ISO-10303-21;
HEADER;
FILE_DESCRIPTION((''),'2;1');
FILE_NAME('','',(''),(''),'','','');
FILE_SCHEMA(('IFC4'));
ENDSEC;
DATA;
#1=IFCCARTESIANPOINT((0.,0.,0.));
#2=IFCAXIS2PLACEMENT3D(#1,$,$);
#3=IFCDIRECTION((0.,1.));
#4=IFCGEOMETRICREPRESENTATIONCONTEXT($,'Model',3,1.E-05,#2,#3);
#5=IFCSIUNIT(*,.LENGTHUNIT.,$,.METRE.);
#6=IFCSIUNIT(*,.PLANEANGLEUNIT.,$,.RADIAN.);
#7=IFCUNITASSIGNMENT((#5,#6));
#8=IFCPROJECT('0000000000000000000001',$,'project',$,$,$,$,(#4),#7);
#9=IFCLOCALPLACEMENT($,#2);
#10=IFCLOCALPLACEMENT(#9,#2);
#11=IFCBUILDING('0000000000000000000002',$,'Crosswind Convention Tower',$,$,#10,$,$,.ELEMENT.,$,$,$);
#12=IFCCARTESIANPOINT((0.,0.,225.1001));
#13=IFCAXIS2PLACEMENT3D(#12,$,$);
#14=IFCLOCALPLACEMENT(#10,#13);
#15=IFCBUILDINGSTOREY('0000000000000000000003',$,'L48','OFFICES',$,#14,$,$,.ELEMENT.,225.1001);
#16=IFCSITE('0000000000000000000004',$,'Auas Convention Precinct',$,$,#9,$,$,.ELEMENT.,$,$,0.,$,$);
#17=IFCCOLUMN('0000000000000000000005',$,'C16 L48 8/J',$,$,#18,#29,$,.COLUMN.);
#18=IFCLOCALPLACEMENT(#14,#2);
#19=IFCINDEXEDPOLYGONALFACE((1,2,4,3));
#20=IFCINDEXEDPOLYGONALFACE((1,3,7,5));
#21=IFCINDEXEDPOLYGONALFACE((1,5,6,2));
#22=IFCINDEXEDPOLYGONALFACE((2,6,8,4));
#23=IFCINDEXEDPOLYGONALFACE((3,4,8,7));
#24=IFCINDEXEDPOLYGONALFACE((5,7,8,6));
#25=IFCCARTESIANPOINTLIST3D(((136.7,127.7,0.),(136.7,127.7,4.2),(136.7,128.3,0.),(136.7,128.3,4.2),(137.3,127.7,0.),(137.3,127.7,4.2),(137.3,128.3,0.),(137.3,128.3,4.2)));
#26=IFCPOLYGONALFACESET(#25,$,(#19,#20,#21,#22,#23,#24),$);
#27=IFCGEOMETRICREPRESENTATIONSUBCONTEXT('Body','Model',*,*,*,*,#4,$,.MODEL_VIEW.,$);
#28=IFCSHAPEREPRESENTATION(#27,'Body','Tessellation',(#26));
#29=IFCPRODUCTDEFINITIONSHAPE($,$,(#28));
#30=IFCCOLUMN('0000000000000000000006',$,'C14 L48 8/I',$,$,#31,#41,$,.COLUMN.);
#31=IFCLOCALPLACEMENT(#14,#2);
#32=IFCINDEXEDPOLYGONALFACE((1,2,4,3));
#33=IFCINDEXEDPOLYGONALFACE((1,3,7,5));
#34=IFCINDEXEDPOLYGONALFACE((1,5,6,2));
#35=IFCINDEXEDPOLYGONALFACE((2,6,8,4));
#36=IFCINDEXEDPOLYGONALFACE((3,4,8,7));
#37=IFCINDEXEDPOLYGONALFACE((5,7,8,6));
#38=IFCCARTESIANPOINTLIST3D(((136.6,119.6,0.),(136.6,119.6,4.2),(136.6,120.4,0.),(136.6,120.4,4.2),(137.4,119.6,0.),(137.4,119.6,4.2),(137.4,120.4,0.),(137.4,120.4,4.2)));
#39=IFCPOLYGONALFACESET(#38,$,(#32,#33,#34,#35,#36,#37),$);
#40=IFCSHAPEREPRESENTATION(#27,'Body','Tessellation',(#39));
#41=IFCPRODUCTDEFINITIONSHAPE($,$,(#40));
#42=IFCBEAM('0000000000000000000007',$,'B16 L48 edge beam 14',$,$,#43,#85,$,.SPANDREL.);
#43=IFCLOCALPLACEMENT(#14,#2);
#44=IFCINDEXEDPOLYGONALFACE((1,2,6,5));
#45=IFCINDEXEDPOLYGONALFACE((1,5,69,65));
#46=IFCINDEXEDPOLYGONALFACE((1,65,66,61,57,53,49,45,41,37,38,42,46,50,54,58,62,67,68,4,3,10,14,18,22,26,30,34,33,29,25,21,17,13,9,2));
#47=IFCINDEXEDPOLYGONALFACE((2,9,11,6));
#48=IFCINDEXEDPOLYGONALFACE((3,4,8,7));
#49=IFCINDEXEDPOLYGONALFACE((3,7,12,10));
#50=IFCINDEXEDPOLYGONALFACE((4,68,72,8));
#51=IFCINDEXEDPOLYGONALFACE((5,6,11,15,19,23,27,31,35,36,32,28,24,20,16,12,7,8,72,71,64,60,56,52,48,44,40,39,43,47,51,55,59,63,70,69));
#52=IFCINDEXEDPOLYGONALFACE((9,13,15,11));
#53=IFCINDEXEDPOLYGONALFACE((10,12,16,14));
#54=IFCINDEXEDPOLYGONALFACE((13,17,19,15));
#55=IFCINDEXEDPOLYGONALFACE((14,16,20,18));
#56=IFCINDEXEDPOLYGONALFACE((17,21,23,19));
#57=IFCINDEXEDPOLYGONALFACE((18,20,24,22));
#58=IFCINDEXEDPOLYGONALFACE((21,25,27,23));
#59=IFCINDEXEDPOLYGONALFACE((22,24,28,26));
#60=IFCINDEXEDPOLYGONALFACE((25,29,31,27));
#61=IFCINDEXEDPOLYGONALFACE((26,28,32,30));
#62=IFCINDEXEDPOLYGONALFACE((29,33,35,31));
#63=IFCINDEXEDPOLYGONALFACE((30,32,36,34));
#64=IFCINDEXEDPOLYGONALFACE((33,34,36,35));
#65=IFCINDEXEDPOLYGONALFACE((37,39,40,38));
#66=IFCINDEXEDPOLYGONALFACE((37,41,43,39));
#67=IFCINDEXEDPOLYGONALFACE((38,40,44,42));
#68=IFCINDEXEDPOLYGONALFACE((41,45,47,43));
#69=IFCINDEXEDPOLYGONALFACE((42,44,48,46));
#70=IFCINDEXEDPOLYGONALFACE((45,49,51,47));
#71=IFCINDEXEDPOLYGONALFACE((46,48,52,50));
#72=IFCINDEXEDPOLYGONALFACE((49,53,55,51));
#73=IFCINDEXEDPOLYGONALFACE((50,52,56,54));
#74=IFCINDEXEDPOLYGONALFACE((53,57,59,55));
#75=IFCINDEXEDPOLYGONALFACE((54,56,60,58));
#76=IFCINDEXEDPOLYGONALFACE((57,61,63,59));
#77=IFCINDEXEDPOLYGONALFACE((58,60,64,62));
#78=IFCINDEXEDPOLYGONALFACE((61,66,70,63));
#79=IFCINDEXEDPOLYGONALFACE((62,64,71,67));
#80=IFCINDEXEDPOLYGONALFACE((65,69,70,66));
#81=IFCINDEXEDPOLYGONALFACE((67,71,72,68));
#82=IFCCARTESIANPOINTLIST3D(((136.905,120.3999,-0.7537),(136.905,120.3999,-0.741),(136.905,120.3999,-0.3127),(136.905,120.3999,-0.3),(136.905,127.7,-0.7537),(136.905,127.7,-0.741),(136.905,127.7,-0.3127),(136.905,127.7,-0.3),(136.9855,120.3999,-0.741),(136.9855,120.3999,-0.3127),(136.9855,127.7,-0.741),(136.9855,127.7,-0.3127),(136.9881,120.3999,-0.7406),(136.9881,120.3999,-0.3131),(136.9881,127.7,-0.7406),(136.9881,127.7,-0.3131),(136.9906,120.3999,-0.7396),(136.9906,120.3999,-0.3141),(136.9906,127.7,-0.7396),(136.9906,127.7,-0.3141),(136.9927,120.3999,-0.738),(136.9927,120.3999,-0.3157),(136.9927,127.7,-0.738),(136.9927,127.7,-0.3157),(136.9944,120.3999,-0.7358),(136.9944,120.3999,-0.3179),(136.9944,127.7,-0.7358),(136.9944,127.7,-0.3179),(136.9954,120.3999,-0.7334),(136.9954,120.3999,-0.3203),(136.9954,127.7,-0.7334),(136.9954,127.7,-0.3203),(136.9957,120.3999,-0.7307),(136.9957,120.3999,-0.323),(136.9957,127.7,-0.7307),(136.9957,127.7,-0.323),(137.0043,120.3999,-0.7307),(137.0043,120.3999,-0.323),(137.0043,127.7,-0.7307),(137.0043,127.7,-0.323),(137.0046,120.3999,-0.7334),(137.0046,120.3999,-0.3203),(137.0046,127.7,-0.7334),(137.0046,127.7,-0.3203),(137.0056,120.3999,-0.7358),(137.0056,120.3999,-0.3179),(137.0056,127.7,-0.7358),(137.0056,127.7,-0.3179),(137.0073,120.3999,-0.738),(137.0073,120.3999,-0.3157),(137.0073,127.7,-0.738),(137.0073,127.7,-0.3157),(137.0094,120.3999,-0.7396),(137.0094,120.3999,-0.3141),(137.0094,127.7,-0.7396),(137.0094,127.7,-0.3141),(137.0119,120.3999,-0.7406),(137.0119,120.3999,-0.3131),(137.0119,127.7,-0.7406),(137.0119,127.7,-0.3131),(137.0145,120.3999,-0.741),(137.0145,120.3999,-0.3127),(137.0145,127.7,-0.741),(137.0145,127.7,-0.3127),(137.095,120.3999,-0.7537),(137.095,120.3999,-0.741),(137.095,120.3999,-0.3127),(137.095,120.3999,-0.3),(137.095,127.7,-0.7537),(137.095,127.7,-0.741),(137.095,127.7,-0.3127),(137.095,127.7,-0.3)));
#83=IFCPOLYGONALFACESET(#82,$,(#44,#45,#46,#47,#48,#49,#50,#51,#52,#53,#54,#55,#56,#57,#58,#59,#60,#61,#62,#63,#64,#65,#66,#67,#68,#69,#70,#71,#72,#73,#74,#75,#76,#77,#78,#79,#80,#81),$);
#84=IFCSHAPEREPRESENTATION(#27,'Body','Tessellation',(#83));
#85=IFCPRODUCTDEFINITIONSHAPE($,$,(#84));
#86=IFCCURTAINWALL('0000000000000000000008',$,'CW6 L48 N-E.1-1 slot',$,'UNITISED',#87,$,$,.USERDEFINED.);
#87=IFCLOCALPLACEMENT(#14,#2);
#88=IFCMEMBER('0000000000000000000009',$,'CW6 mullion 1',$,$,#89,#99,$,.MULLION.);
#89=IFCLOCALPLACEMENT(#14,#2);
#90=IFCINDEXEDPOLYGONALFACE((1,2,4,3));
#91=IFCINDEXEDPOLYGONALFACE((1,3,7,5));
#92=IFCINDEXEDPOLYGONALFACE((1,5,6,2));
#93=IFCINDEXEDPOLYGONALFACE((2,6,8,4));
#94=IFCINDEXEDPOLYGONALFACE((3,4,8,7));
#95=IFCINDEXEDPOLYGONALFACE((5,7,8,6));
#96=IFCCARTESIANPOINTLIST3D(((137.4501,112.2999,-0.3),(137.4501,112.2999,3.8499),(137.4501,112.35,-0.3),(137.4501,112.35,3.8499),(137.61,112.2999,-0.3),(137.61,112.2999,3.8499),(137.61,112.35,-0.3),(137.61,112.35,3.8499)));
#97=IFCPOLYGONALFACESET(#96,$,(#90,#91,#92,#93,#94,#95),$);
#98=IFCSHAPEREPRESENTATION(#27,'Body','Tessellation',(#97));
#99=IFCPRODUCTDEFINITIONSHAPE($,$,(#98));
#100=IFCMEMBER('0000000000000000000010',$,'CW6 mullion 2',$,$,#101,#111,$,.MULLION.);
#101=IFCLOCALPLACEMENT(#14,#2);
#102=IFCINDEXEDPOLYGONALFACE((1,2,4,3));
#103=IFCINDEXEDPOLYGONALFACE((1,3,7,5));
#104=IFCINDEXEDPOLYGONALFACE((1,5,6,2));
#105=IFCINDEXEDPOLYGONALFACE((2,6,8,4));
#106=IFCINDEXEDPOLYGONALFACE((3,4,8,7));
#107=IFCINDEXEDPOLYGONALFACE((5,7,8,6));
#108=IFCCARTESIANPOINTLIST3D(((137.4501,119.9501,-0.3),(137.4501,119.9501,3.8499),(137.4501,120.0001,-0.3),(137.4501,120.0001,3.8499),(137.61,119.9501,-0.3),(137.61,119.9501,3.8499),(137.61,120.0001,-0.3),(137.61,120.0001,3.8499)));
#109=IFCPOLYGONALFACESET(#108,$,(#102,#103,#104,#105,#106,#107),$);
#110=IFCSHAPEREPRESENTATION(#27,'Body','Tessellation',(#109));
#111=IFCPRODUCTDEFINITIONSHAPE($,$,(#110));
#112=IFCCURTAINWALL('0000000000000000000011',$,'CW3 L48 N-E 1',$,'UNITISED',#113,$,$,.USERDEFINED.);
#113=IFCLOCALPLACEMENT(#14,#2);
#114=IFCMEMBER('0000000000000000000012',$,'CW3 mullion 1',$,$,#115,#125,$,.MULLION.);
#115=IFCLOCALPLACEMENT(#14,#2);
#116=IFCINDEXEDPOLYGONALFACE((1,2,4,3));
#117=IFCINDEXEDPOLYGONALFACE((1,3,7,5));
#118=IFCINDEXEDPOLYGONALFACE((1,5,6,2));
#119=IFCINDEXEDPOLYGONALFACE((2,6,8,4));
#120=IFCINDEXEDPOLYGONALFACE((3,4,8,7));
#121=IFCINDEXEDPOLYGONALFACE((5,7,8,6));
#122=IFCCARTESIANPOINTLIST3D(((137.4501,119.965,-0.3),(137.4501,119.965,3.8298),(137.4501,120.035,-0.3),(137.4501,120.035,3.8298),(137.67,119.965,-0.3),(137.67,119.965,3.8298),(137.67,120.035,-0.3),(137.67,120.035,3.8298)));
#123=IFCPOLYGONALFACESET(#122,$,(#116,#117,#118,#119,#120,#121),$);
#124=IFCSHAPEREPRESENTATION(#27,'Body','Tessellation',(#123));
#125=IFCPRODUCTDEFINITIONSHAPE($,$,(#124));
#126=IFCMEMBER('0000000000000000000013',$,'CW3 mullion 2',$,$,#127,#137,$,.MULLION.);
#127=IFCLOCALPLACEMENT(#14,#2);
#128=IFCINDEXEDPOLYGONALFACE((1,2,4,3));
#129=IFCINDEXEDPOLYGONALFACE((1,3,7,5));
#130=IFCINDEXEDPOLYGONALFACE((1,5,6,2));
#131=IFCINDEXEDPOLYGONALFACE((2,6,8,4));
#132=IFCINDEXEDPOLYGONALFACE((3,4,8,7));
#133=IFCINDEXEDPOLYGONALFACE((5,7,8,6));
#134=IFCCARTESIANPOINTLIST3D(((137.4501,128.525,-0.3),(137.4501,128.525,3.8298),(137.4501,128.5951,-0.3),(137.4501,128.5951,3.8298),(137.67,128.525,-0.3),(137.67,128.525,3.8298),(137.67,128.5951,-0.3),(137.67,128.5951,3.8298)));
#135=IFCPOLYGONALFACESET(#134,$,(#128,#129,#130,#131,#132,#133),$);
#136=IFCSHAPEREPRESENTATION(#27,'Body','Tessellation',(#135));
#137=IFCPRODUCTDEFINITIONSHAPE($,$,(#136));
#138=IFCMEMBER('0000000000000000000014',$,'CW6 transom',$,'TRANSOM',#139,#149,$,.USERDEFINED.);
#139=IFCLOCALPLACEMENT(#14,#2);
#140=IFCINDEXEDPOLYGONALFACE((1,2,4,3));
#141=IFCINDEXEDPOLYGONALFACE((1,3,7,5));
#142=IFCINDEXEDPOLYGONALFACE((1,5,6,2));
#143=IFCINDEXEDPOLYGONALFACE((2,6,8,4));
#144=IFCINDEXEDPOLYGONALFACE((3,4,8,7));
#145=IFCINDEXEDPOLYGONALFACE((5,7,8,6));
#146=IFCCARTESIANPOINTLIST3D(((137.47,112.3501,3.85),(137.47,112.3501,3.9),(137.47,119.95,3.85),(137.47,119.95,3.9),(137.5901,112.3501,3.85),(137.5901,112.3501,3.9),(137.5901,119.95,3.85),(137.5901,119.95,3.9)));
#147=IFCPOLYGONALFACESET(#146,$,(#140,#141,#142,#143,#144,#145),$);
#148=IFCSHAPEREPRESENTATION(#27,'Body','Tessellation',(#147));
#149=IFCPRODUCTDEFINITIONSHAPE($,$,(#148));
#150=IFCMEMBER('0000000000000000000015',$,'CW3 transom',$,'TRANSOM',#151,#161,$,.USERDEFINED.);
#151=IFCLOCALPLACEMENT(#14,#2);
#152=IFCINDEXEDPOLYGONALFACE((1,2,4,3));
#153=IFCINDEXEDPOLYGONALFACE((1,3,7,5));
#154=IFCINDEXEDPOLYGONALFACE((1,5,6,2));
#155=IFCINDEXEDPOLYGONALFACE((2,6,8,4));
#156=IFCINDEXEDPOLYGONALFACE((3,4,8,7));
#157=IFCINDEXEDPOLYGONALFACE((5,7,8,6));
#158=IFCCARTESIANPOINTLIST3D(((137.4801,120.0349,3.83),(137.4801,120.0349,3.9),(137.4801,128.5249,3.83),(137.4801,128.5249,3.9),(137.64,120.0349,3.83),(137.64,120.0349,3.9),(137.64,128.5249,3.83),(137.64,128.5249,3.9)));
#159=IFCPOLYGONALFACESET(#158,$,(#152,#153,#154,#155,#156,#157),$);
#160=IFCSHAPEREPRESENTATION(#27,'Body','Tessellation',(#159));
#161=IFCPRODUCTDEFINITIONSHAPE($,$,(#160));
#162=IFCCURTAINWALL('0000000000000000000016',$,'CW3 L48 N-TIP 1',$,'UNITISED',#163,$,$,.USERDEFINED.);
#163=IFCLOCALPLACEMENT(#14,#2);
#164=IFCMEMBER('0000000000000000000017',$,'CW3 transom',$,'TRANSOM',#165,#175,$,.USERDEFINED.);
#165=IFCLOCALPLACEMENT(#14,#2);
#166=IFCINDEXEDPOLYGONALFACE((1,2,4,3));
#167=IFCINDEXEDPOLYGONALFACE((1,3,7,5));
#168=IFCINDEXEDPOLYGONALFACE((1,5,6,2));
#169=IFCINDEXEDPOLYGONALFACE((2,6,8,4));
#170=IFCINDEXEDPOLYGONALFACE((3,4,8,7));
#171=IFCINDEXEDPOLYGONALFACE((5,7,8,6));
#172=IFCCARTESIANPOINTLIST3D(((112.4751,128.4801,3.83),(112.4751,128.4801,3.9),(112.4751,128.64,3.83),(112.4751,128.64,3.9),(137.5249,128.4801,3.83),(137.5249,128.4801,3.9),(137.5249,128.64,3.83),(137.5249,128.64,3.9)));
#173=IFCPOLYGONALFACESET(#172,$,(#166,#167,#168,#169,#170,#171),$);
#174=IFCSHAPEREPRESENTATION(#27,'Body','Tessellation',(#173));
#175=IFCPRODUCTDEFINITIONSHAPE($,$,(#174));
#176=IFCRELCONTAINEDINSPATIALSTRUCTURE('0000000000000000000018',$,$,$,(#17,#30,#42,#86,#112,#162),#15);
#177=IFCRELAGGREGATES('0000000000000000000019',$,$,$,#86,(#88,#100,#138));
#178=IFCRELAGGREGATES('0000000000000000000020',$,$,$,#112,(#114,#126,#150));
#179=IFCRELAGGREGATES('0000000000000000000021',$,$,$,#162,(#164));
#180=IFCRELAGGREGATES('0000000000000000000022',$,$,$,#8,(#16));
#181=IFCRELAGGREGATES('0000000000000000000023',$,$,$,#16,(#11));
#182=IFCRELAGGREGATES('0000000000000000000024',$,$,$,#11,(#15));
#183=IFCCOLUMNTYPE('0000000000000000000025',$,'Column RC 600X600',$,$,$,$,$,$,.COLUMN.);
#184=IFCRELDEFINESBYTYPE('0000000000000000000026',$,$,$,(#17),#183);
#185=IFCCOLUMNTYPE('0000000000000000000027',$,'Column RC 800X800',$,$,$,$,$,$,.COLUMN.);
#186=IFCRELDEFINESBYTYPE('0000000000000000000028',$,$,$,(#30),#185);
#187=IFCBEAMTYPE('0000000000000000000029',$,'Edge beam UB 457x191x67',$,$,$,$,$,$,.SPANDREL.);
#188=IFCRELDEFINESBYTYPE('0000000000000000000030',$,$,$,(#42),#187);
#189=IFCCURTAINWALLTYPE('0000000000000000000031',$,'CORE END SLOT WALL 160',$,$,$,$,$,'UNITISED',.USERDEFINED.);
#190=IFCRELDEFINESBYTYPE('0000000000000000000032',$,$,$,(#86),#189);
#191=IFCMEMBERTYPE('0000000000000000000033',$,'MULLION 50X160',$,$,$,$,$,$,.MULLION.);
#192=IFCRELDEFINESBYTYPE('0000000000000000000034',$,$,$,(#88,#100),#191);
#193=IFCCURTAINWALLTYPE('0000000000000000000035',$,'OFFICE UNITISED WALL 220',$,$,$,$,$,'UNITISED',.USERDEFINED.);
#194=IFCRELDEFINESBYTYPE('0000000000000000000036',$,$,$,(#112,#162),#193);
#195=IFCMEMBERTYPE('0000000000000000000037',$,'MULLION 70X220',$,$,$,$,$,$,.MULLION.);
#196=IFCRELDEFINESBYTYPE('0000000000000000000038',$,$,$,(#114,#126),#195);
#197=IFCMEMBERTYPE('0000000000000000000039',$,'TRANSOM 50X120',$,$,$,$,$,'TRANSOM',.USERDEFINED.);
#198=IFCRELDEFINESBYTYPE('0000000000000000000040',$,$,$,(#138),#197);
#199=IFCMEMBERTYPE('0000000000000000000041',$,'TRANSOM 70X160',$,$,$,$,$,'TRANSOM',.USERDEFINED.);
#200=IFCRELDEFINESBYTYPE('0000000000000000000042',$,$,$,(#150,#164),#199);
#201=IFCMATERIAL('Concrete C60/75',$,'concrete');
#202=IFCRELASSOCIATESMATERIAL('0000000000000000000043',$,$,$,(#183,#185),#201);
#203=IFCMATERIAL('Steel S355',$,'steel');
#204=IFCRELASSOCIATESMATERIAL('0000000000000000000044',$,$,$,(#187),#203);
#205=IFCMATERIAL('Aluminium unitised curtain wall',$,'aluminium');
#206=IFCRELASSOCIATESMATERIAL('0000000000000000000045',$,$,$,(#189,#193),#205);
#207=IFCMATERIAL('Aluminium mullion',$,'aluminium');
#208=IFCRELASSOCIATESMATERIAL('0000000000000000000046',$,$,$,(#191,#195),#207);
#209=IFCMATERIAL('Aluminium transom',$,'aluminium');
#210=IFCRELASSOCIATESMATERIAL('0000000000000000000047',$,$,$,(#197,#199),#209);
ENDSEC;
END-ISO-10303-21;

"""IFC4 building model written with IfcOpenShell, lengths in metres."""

from ifc_helpers import new_model, si_unit, direction, frame, origin, origin_2d, place, context, subcontext, project, spatial, rectangle, i_section, extrude, material, material_profile, profile_set, type_object, element, aggregate, save


model = new_model("IFC4")

# Units and contexts
model_context = context("Model", 3, precision=1e-05, world=origin(), true_north=direction((0.0, 1.0)))
body_context = subcontext(model_context, "Body", "Model", "MODEL_VIEW")
ifc_project = project(units=[si_unit("LENGTHUNIT", "METRE"), si_unit("PLANEANGLEUNIT", "RADIAN")], contexts=[model_context])

# Site, building, storey
site_placement = place(None, origin())
site = spatial("IfcSite", under=ifc_project, at=site_placement, Name="Auas Convention Precinct", CompositionType="ELEMENT", RefElevation=0.0)
building_placement = place(site_placement, origin())
building = spatial("IfcBuilding", under=site, at=building_placement, Name="Crosswind Convention Tower", CompositionType="ELEMENT")
storey_placement = place(building_placement, frame((0.0, 0.0, 225.1001)))
storey = spatial("IfcBuildingStorey", under=building, at=storey_placement, Name="L48", Description="OFFICES", CompositionType="ELEMENT", Elevation=225.1001)

# Columns
ifc_material_1 = material(Name="Concrete C60/75", Category="concrete")
ifc_material_profile_1 = material_profile(ifc_material_1, rectangle(XDim=0.6001, YDim=0.6001, at=origin_2d()), Name="RC 600X600")
ifc_profile_set_1 = profile_set([ifc_material_profile_1], Name="Concrete C60/75")
column_type_1 = type_object("IfcColumnType", Name="Column RC 600X600", PredefinedType="COLUMN", material=ifc_profile_set_1)
column_1_placement = place(storey_placement, frame((137.0, 128.0, 0.0), z_axis=(0.0, 0.0, 1.0), x_axis=(1.0, 0.0, 0.0)))
element("IfcColumn", 1, at=column_1_placement, inside=storey, type_object=column_type_1, Name="C16 L48 8/J", PredefinedType="COLUMN", context=body_context, shape_type="SweptSolid", body=[
    extrude(rectangle(XDim=0.6001, YDim=0.6001, at=origin_2d()), origin(), (0.0, 0.0, 1.0), 4.2),
])
ifc_material_profile_2 = material_profile(ifc_material_1, rectangle(XDim=0.8, YDim=0.8, at=origin_2d()), Name="RC 800X800")
ifc_profile_set_2 = profile_set([ifc_material_profile_2], Name="Concrete C60/75")
column_type_2 = type_object("IfcColumnType", Name="Column RC 800X800", PredefinedType="COLUMN", material=ifc_profile_set_2)
column_2_placement = place(storey_placement, frame((137.0, 120.0, 0.0), z_axis=(0.0, 0.0, 1.0), x_axis=(1.0, 0.0, 0.0)))
element("IfcColumn", 2, at=column_2_placement, inside=storey, type_object=column_type_2, Name="C14 L48 8/I", PredefinedType="COLUMN", context=body_context, shape_type="SweptSolid", body=[
    extrude(rectangle(XDim=0.8, YDim=0.8, at=origin_2d()), origin(), (0.0, 0.0, 1.0), 4.2),
])

# Beam
ifc_material_2 = material(Name="Steel S355", Category="steel")
ifc_material_profile_3 = material_profile(ifc_material_2, i_section(OverallWidth=0.1899, OverallDepth=0.4536, WebThickness=0.0085, FlangeThickness=0.0127, FilletRadius=0.0103, at=origin_2d()), Name="UB 457x191x67")
ifc_profile_set_3 = profile_set([ifc_material_profile_3], Name="Steel S355")
beam_type = type_object("IfcBeamType", Name="Edge beam UB 457x191x67", PredefinedType="SPANDREL", material=ifc_profile_set_3)
beam_placement = place(storey_placement, frame((137.0, 120.3999, -0.5269), z_axis=(0.0, 1.0, 0.0), x_axis=(-1.0, 0.0, 0.0)))
element("IfcBeam", 3, at=beam_placement, inside=storey, type_object=beam_type, Name="B16 L48 edge beam 14", PredefinedType="SPANDREL", context=body_context, shape_type="SweptSolid", body=[
    extrude(i_section(OverallWidth=0.1899, OverallDepth=0.4536, WebThickness=0.0085, FlangeThickness=0.0127, FilletRadius=0.0103, at=origin_2d()), origin(), (0.0, 0.0, 1.0), 7.3),
])

# Curtain walls, members
ifc_material_3 = material(Name="Aluminium unitised curtain wall", Category="aluminium")
curtain_wall_type_1 = type_object("IfcCurtainWallType", Name="CORE END SLOT WALL 160", ElementType="UNITISED", PredefinedType="USERDEFINED", material=ifc_material_3)
curtain_wall_1_placement = place(storey_placement, origin())
curtain_wall_1 = element("IfcCurtainWall", 4, at=curtain_wall_1_placement, inside=storey, type_object=curtain_wall_type_1, Name="CW6 L48 N-E.1-1 slot", ObjectType="UNITISED", PredefinedType="USERDEFINED")
ifc_material_4 = material(Name="Aluminium mullion", Category="aluminium")
ifc_material_profile_4 = material_profile(ifc_material_4, rectangle(XDim=0.1599, YDim=0.05, at=origin_2d()), Name="AL 160X50")
ifc_profile_set_4 = profile_set([ifc_material_profile_4], Name="Aluminium mullion")
member_type_1 = type_object("IfcMemberType", Name="MULLION 50X160", PredefinedType="MULLION", material=ifc_profile_set_4)
member_1_placement = place(storey_placement, frame((137.53, 112.325, -0.3), z_axis=(0.0, 0.0, 1.0), x_axis=(1.0, 0.0, 0.0)))
member_1 = element("IfcMember", 5, at=member_1_placement, type_object=member_type_1, Name="CW6 mullion 1", PredefinedType="MULLION", context=body_context, shape_type="SweptSolid", body=[
    extrude(rectangle(XDim=0.1599, YDim=0.05, at=origin_2d()), origin(), (0.0, 0.0, 1.0), 4.1499),
])
member_2_placement = place(storey_placement, frame((137.53, 119.9751, -0.3), z_axis=(0.0, 0.0, 1.0), x_axis=(1.0, 0.0, 0.0)))
member_2 = element("IfcMember", 6, at=member_2_placement, type_object=member_type_1, Name="CW6 mullion 2", PredefinedType="MULLION", context=body_context, shape_type="SweptSolid", body=[
    extrude(rectangle(XDim=0.1599, YDim=0.05, at=origin_2d()), origin(), (0.0, 0.0, 1.0), 4.1499),
])
curtain_wall_type_2 = type_object("IfcCurtainWallType", Name="OFFICE UNITISED WALL 220", ElementType="UNITISED", PredefinedType="USERDEFINED", material=ifc_material_3)
curtain_wall_2_placement = place(storey_placement, origin())
curtain_wall_2 = element("IfcCurtainWall", 7, at=curtain_wall_2_placement, inside=storey, type_object=curtain_wall_type_2, Name="CW3 L48 N-E 1", ObjectType="UNITISED", PredefinedType="USERDEFINED")
ifc_material_profile_5 = material_profile(ifc_material_4, rectangle(XDim=0.22, YDim=0.0701, at=origin_2d()), Name="AL 220X70")
ifc_profile_set_5 = profile_set([ifc_material_profile_5], Name="Aluminium mullion")
member_type_2 = type_object("IfcMemberType", Name="MULLION 70X220", PredefinedType="MULLION", material=ifc_profile_set_5)
member_3_placement = place(storey_placement, frame((137.5601, 120.0, -0.3), z_axis=(0.0, 0.0, 1.0), x_axis=(1.0, 0.0, 0.0)))
member_3 = element("IfcMember", 8, at=member_3_placement, type_object=member_type_2, Name="CW3 mullion 1", PredefinedType="MULLION", context=body_context, shape_type="SweptSolid", body=[
    extrude(rectangle(XDim=0.22, YDim=0.0701, at=origin_2d()), origin(), (0.0, 0.0, 1.0), 4.1299),
])
member_4_placement = place(storey_placement, frame((137.5601, 128.5601, -0.3), z_axis=(0.0, 0.0, 1.0), x_axis=(1.0, 0.0, 0.0)))
member_4 = element("IfcMember", 9, at=member_4_placement, type_object=member_type_2, Name="CW3 mullion 2", PredefinedType="MULLION", context=body_context, shape_type="SweptSolid", body=[
    extrude(rectangle(XDim=0.22, YDim=0.0701, at=origin_2d()), origin(), (0.0, 0.0, 1.0), 4.1299),
])

# Members
ifc_material_5 = material(Name="Aluminium transom", Category="aluminium")
ifc_material_profile_6 = material_profile(ifc_material_5, rectangle(XDim=0.1201, YDim=0.05, at=origin_2d()), Name="AL 120X50")
ifc_profile_set_6 = profile_set([ifc_material_profile_6], Name="Aluminium transom")
member_type_3 = type_object("IfcMemberType", Name="TRANSOM 50X120", ElementType="TRANSOM", PredefinedType="USERDEFINED", material=ifc_profile_set_6)
member_5_placement = place(storey_placement, frame((137.53, 112.3501, 3.875), z_axis=(0.0, 1.0, 0.0), x_axis=(-1.0, 0.0, 0.0)))
member_5 = element("IfcMember", 10, at=member_5_placement, type_object=member_type_3, Name="CW6 transom", ObjectType="TRANSOM", PredefinedType="USERDEFINED", context=body_context, shape_type="SweptSolid", body=[
    extrude(rectangle(XDim=0.1201, YDim=0.05, at=origin_2d()), origin(), (0.0, 0.0, 1.0), 7.5999),
])
ifc_material_profile_7 = material_profile(ifc_material_5, rectangle(XDim=0.1599, YDim=0.0701, at=origin_2d()), Name="AL 160X70")
ifc_profile_set_7 = profile_set([ifc_material_profile_7], Name="Aluminium transom")
member_type_4 = type_object("IfcMemberType", Name="TRANSOM 70X160", ElementType="TRANSOM", PredefinedType="USERDEFINED", material=ifc_profile_set_7)
member_6_placement = place(storey_placement, frame((137.5601, 120.0349, 3.865), z_axis=(0.0, 1.0, 0.0), x_axis=(-1.0, 0.0, 0.0)))
member_6 = element("IfcMember", 11, at=member_6_placement, type_object=member_type_4, Name="CW3 transom", ObjectType="TRANSOM", PredefinedType="USERDEFINED", context=body_context, shape_type="SweptSolid", body=[
    extrude(rectangle(XDim=0.1599, YDim=0.0701, at=origin_2d()), origin(), (0.0, 0.0, 1.0), 8.49),
])

# Curtain wall, member
curtain_wall_3_placement = place(storey_placement, origin())
curtain_wall_3 = element("IfcCurtainWall", 12, at=curtain_wall_3_placement, inside=storey, type_object=curtain_wall_type_2, Name="CW3 L48 N-TIP 1", ObjectType="UNITISED", PredefinedType="USERDEFINED")
member_7_placement = place(storey_placement, frame((137.5249, 128.5601, 3.865), z_axis=(-1.0, 0.0, 0.0), x_axis=(0.0, -1.0, 0.0)))
member_7 = element("IfcMember", 13, at=member_7_placement, type_object=member_type_4, Name="CW3 transom", ObjectType="TRANSOM", PredefinedType="USERDEFINED", context=body_context, shape_type="SweptSolid", body=[
    extrude(rectangle(XDim=0.1599, YDim=0.0701, at=origin_2d()), origin(), (0.0, 0.0, 1.0), 25.0498),
])

aggregate(curtain_wall_1, [member_1, member_2, member_5])

aggregate(curtain_wall_2, [member_3, member_4, member_6])
aggregate(curtain_wall_3, [member_7])

save(model, "model.ifc")
